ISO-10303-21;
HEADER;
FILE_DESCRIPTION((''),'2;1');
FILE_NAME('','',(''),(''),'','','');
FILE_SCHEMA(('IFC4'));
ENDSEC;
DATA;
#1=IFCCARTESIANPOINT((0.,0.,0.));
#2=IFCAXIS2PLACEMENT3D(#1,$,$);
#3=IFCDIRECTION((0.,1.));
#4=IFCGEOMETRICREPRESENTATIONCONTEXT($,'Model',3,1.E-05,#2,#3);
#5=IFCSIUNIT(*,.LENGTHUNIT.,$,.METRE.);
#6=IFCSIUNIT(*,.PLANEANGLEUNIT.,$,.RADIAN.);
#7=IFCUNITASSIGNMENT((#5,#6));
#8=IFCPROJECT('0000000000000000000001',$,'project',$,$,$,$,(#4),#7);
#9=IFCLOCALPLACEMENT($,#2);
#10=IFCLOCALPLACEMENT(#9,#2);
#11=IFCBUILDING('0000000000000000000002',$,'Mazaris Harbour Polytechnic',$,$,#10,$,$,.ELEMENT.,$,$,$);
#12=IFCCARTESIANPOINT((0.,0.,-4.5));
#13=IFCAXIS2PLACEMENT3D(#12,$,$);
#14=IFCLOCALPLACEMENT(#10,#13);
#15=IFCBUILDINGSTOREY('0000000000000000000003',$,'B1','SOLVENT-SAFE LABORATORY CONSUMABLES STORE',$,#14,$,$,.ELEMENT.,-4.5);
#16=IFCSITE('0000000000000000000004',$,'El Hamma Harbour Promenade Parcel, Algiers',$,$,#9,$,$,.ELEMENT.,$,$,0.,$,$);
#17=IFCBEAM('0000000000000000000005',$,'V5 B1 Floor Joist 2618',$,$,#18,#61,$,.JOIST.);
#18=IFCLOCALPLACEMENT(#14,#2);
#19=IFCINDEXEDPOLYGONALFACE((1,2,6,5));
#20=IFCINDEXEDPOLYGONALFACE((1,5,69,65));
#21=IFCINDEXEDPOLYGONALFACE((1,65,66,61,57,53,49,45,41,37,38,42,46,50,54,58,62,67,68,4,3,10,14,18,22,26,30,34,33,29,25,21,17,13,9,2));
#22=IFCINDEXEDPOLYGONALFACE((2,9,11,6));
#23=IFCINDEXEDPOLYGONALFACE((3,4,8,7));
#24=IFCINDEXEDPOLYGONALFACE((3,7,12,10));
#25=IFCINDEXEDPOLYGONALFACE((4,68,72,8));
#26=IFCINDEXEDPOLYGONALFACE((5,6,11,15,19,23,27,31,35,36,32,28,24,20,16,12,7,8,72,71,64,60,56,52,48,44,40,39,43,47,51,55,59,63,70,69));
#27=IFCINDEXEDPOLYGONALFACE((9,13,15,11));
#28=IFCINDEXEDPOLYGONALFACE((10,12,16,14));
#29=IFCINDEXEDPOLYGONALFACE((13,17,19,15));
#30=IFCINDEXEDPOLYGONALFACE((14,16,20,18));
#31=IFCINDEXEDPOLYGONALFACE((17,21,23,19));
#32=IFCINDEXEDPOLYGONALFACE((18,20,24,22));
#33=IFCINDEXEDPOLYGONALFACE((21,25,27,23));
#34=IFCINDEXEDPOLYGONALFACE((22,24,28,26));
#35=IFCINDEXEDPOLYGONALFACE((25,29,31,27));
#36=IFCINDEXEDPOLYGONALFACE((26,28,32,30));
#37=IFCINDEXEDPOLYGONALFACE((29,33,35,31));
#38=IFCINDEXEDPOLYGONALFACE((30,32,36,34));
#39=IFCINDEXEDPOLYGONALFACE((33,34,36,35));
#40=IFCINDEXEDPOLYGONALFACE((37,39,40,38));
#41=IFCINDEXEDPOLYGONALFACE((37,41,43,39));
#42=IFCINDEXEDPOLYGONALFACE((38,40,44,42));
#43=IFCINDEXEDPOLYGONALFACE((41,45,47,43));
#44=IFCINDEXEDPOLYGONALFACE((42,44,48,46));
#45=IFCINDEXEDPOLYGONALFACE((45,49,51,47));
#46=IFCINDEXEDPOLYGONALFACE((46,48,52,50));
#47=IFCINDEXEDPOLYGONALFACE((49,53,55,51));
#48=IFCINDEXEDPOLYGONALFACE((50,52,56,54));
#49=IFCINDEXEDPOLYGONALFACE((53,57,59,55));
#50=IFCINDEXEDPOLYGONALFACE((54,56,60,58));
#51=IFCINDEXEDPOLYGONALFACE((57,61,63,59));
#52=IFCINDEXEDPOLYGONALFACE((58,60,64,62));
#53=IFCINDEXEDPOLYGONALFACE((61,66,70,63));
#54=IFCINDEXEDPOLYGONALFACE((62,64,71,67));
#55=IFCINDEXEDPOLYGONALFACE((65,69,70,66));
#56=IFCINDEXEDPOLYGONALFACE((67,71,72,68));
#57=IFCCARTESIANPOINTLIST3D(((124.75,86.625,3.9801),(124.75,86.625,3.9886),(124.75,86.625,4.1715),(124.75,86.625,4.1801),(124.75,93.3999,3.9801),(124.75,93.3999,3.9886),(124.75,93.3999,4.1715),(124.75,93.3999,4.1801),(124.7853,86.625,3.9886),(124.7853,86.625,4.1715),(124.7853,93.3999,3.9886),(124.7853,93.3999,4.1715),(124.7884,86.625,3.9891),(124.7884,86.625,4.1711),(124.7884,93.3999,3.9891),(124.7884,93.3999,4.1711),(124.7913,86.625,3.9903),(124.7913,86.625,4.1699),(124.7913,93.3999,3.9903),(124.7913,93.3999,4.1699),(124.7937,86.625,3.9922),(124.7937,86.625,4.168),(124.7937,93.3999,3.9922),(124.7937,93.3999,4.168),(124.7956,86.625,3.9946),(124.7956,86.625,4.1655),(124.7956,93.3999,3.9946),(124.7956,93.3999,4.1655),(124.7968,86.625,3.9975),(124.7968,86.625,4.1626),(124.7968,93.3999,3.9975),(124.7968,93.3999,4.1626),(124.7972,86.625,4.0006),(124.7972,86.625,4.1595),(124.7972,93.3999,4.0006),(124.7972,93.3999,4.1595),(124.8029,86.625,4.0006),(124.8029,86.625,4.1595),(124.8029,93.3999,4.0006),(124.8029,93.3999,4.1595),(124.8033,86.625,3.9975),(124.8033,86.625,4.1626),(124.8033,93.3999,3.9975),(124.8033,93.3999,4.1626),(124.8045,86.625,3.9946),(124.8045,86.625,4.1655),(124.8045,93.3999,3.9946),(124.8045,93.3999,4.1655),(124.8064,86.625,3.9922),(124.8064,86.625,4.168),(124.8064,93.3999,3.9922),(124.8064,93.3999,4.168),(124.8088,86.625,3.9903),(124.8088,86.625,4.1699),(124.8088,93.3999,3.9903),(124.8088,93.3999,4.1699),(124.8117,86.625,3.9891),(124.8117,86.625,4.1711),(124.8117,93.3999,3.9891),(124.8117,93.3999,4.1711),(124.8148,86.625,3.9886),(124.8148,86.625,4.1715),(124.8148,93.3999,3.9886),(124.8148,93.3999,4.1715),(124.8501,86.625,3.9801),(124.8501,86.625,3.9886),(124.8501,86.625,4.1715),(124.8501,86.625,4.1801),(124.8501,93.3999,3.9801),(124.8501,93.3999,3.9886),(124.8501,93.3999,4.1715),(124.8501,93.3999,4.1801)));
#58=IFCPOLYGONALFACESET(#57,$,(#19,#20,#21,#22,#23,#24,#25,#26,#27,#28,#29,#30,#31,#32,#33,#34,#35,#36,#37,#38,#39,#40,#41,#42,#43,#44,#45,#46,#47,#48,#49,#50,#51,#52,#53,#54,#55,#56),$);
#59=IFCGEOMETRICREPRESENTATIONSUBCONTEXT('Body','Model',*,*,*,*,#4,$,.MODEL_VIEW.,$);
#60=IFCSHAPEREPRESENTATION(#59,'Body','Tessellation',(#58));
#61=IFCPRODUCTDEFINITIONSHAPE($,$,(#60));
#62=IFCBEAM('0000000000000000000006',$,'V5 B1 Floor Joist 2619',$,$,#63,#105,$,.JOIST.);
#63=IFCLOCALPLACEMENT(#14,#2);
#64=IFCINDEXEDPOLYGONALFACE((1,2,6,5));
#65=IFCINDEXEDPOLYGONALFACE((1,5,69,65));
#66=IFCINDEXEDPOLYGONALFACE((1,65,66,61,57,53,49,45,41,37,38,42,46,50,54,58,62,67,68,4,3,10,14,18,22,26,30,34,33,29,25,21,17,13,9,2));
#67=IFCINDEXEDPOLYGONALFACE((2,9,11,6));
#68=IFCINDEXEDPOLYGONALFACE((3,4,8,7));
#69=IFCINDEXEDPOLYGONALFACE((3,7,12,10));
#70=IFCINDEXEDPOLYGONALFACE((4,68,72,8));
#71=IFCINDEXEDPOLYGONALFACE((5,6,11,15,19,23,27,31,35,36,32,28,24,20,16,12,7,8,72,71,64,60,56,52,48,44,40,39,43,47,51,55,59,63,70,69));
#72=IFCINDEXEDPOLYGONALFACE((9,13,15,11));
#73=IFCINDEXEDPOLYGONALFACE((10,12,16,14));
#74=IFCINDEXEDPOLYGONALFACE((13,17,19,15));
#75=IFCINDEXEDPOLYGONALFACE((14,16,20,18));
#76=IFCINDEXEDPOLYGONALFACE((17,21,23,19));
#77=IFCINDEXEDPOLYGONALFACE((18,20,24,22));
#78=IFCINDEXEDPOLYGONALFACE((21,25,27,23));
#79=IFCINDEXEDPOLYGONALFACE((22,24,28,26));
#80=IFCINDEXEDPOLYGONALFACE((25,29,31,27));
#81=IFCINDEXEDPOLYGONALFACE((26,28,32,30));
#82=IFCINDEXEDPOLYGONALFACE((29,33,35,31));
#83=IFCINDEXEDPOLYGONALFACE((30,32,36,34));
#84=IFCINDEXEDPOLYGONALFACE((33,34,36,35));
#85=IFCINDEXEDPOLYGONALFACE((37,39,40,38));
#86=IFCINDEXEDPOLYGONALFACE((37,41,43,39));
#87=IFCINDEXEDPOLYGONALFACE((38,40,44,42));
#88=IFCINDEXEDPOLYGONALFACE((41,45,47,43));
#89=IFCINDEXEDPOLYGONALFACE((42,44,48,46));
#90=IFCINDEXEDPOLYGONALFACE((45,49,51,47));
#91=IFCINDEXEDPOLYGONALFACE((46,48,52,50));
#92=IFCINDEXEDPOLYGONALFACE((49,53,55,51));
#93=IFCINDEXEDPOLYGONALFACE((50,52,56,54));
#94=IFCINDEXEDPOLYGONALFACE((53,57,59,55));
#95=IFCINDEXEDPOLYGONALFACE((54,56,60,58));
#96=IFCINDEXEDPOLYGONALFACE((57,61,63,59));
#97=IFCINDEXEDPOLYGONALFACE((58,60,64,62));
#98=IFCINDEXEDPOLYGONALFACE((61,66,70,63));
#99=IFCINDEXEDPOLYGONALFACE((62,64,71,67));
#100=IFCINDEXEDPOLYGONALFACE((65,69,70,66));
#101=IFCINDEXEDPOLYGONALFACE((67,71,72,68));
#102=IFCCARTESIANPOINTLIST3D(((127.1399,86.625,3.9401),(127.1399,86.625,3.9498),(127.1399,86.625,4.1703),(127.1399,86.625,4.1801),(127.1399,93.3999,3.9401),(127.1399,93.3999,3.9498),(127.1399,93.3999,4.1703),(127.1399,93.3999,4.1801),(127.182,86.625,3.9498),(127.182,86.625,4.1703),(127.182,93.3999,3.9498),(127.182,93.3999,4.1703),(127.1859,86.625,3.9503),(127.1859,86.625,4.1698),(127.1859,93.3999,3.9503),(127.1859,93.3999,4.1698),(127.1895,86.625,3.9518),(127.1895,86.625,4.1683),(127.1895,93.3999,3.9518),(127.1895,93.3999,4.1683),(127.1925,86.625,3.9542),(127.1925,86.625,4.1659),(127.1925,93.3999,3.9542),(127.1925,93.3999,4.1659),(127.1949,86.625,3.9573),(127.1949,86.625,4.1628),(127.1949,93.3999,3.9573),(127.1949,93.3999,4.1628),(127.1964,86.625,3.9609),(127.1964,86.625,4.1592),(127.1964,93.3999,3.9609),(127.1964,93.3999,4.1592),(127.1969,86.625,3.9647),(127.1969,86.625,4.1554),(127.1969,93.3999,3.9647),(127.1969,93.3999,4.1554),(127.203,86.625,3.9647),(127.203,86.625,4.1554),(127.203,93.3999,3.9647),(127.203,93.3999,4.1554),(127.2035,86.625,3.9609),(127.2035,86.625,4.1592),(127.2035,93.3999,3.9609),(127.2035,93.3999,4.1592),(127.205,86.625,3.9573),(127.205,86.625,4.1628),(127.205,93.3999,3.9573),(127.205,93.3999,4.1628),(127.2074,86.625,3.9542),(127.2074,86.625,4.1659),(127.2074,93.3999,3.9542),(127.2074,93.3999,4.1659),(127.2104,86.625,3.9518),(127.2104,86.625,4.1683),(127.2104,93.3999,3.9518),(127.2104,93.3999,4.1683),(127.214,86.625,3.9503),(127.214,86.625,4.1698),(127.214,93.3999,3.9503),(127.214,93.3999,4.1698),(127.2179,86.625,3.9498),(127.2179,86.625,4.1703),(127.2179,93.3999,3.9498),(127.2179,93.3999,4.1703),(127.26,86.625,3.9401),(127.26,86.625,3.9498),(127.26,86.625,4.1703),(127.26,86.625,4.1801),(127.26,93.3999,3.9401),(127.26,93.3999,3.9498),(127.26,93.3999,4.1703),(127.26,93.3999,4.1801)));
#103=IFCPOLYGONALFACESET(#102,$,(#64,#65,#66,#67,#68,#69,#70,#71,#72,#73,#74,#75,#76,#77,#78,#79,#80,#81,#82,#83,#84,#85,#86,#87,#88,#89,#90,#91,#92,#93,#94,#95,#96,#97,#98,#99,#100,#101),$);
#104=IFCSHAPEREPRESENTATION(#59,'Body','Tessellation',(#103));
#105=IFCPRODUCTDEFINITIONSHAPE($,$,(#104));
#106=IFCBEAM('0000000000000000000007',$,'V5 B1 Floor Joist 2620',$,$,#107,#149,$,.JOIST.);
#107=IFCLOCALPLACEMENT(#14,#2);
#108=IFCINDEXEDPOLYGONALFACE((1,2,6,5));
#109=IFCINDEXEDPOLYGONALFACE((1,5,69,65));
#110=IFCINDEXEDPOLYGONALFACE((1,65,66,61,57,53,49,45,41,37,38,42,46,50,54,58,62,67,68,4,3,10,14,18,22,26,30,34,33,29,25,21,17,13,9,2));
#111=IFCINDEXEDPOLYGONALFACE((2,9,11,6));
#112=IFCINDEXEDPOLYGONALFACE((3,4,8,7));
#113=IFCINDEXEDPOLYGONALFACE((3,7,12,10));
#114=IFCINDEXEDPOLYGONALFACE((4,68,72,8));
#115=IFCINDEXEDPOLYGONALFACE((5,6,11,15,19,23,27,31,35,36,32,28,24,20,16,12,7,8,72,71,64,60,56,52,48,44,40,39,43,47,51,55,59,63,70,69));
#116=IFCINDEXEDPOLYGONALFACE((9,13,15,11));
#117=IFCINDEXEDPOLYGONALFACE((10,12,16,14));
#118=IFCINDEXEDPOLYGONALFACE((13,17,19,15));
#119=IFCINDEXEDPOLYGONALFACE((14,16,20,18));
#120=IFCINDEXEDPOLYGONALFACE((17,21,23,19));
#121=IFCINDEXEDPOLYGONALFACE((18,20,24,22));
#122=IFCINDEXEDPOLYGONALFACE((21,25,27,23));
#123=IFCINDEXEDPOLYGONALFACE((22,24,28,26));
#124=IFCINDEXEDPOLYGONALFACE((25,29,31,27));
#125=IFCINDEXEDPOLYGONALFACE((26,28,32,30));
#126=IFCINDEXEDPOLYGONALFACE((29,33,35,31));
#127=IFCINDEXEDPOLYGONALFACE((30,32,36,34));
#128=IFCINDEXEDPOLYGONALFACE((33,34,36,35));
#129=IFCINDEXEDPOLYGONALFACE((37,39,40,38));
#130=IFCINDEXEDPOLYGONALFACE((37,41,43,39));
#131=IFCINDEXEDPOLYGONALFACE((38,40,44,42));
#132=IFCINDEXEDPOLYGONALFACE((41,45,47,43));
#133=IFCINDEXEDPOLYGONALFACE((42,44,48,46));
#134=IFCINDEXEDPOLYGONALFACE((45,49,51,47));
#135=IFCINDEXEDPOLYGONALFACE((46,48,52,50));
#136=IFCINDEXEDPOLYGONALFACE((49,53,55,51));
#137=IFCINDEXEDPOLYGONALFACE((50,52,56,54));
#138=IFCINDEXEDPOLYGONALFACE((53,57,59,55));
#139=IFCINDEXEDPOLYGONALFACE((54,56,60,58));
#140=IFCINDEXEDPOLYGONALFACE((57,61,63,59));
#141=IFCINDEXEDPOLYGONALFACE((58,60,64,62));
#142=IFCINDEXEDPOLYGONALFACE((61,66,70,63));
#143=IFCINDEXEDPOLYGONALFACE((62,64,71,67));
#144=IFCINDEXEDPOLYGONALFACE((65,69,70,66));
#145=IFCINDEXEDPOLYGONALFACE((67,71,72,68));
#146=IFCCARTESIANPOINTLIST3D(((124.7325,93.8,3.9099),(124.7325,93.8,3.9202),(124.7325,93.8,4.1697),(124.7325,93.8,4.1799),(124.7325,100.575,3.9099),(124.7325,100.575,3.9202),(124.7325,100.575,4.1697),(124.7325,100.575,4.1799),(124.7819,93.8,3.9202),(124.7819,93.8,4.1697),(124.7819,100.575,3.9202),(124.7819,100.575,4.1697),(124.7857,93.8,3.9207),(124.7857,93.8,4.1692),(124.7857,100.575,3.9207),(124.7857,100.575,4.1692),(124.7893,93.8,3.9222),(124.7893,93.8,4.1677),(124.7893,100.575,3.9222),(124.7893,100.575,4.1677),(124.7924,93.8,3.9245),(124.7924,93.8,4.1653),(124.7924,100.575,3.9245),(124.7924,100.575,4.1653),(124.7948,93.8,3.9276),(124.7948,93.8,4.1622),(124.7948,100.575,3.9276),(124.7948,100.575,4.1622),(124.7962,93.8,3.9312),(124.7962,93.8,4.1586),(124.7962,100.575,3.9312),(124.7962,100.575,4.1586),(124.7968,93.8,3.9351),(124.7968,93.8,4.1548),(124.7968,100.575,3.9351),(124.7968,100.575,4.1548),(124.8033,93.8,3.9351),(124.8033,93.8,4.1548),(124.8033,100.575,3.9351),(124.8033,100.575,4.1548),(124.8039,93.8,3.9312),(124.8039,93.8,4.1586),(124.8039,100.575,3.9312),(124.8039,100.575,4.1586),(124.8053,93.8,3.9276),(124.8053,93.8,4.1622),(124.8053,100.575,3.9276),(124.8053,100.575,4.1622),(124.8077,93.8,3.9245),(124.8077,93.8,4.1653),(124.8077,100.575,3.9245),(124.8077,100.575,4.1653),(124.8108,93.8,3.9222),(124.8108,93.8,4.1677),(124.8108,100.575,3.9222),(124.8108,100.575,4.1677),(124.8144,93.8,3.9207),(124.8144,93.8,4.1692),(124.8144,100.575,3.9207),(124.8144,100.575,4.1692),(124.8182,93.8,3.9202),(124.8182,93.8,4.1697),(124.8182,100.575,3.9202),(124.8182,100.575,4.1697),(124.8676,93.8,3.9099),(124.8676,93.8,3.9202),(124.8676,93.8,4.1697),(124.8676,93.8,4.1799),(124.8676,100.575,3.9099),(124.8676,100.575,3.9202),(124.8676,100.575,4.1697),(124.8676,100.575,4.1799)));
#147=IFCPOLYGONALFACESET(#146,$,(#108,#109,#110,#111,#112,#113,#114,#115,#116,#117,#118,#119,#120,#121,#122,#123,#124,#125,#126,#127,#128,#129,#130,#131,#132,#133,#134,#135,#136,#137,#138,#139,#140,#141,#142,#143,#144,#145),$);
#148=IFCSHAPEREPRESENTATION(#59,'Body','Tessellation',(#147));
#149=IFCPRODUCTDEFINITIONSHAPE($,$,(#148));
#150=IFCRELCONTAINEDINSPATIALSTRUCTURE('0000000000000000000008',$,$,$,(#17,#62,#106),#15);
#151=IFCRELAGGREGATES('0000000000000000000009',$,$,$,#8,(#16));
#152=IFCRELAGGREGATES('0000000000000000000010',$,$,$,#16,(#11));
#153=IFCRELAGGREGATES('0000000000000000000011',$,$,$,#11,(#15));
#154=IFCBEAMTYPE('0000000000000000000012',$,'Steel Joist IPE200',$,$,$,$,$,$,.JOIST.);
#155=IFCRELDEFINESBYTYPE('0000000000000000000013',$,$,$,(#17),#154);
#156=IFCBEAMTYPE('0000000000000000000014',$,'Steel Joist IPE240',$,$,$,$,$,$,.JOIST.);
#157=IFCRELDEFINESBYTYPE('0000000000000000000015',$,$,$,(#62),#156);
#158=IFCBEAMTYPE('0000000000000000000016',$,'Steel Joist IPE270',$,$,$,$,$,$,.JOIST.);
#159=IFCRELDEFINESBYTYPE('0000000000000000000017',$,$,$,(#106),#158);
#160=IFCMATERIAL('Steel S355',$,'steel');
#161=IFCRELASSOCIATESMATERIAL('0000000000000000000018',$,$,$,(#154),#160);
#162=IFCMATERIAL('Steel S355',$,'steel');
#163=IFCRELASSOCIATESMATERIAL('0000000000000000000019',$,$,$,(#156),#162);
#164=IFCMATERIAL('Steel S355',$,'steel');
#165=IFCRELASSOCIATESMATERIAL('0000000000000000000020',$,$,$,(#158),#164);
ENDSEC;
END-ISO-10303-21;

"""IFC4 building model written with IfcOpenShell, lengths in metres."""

from ifc_helpers import new_model, si_unit, direction, frame, origin, origin_2d, place, context, subcontext, project, spatial, i_section, extrude, material, material_profile, profile_set, type_object, element, save


model = new_model("IFC4")

# Units and contexts
model_context = context("Model", 3, precision=1e-05, world=origin(), true_north=direction((0.0, 1.0)))
body_context = subcontext(model_context, "Body", "Model", "MODEL_VIEW")
ifc_project = project(units=[si_unit("LENGTHUNIT", "METRE"), si_unit("PLANEANGLEUNIT", "RADIAN")], contexts=[model_context])

# Site, building, storey
site_placement = place(None, origin())
site = spatial("IfcSite", under=ifc_project, at=site_placement, Name="El Hamma Harbour Promenade Parcel, Algiers", CompositionType="ELEMENT", RefElevation=0.0)
building_placement = place(site_placement, origin())
building = spatial("IfcBuilding", under=site, at=building_placement, Name="Mazaris Harbour Polytechnic", CompositionType="ELEMENT")
storey_placement = place(building_placement, frame((0.0, 0.0, -4.5)))
storey = spatial("IfcBuildingStorey", under=building, at=storey_placement, Name="B1", Description="SOLVENT-SAFE LABORATORY CONSUMABLES STORE", CompositionType="ELEMENT", Elevation=-4.5)

# Beams
ifc_material_1 = material(Name="Steel S355", Category="steel")
ifc_material_profile_1 = material_profile(ifc_material_1, i_section(OverallWidth=0.1001, OverallDepth=0.2, WebThickness=0.0056, FlangeThickness=0.0085, FilletRadius=0.012, at=origin_2d()), Name="IPE 200")
ifc_profile_set_1 = profile_set([ifc_material_profile_1], Name="Steel S355")
beam_type_1 = type_object("IfcBeamType", Name="Steel Joist IPE200", PredefinedType="JOIST", material=ifc_profile_set_1)
beam_1_placement = place(storey_placement, frame((124.8, 86.625, 4.0801), z_axis=(0.0, 1.0, 0.0), x_axis=(-1.0, 0.0, 0.0)))
element("IfcBeam", 1, at=beam_1_placement, inside=storey, type_object=beam_type_1, Name="V5 B1 Floor Joist 2618", PredefinedType="JOIST", context=body_context, shape_type="SweptSolid", body=[
    extrude(i_section(OverallWidth=0.1001, OverallDepth=0.2, WebThickness=0.0056, FlangeThickness=0.0085, FilletRadius=0.012, at=origin_2d()), origin(), (0.0, 0.0, 1.0), 6.7749),
])
ifc_material_2 = material(Name="Steel S355", Category="steel")
ifc_material_profile_2 = material_profile(ifc_material_2, i_section(OverallWidth=0.1201, OverallDepth=0.24, WebThickness=0.0061, FlangeThickness=0.0098, FilletRadius=0.0149, at=origin_2d()), Name="IPE 240")
ifc_profile_set_2 = profile_set([ifc_material_profile_2], Name="Steel S355")
beam_type_2 = type_object("IfcBeamType", Name="Steel Joist IPE240", PredefinedType="JOIST", material=ifc_profile_set_2)
beam_2_placement = place(storey_placement, frame((127.2, 86.625, 4.0601), z_axis=(0.0, 1.0, 0.0), x_axis=(-1.0, 0.0, 0.0)))
element("IfcBeam", 2, at=beam_2_placement, inside=storey, type_object=beam_type_2, Name="V5 B1 Floor Joist 2619", PredefinedType="JOIST", context=body_context, shape_type="SweptSolid", body=[
    extrude(i_section(OverallWidth=0.1201, OverallDepth=0.24, WebThickness=0.0061, FlangeThickness=0.0098, FilletRadius=0.0149, at=origin_2d()), origin(), (0.0, 0.0, 1.0), 6.7749),
])
ifc_material_3 = material(Name="Steel S355", Category="steel")
ifc_material_profile_3 = material_profile(ifc_material_3, i_section(OverallWidth=0.135, OverallDepth=0.27, WebThickness=0.0066, FlangeThickness=0.0103, FilletRadius=0.0149, at=origin_2d()), Name="IPE 270")
ifc_profile_set_3 = profile_set([ifc_material_profile_3], Name="Steel S355")
beam_type_3 = type_object("IfcBeamType", Name="Steel Joist IPE270", PredefinedType="JOIST", material=ifc_profile_set_3)
beam_3_placement = place(storey_placement, frame((124.8, 93.8, 4.0449), z_axis=(0.0, 1.0, 0.0), x_axis=(-1.0, 0.0, 0.0)))
element("IfcBeam", 3, at=beam_3_placement, inside=storey, type_object=beam_type_3, Name="V5 B1 Floor Joist 2620", PredefinedType="JOIST", context=body_context, shape_type="SweptSolid", body=[
    extrude(i_section(OverallWidth=0.135, OverallDepth=0.27, WebThickness=0.0066, FlangeThickness=0.0103, FilletRadius=0.0149, at=origin_2d()), origin(), (0.0, 0.0, 1.0), 6.7749),
])

save(model, "model.ifc")
